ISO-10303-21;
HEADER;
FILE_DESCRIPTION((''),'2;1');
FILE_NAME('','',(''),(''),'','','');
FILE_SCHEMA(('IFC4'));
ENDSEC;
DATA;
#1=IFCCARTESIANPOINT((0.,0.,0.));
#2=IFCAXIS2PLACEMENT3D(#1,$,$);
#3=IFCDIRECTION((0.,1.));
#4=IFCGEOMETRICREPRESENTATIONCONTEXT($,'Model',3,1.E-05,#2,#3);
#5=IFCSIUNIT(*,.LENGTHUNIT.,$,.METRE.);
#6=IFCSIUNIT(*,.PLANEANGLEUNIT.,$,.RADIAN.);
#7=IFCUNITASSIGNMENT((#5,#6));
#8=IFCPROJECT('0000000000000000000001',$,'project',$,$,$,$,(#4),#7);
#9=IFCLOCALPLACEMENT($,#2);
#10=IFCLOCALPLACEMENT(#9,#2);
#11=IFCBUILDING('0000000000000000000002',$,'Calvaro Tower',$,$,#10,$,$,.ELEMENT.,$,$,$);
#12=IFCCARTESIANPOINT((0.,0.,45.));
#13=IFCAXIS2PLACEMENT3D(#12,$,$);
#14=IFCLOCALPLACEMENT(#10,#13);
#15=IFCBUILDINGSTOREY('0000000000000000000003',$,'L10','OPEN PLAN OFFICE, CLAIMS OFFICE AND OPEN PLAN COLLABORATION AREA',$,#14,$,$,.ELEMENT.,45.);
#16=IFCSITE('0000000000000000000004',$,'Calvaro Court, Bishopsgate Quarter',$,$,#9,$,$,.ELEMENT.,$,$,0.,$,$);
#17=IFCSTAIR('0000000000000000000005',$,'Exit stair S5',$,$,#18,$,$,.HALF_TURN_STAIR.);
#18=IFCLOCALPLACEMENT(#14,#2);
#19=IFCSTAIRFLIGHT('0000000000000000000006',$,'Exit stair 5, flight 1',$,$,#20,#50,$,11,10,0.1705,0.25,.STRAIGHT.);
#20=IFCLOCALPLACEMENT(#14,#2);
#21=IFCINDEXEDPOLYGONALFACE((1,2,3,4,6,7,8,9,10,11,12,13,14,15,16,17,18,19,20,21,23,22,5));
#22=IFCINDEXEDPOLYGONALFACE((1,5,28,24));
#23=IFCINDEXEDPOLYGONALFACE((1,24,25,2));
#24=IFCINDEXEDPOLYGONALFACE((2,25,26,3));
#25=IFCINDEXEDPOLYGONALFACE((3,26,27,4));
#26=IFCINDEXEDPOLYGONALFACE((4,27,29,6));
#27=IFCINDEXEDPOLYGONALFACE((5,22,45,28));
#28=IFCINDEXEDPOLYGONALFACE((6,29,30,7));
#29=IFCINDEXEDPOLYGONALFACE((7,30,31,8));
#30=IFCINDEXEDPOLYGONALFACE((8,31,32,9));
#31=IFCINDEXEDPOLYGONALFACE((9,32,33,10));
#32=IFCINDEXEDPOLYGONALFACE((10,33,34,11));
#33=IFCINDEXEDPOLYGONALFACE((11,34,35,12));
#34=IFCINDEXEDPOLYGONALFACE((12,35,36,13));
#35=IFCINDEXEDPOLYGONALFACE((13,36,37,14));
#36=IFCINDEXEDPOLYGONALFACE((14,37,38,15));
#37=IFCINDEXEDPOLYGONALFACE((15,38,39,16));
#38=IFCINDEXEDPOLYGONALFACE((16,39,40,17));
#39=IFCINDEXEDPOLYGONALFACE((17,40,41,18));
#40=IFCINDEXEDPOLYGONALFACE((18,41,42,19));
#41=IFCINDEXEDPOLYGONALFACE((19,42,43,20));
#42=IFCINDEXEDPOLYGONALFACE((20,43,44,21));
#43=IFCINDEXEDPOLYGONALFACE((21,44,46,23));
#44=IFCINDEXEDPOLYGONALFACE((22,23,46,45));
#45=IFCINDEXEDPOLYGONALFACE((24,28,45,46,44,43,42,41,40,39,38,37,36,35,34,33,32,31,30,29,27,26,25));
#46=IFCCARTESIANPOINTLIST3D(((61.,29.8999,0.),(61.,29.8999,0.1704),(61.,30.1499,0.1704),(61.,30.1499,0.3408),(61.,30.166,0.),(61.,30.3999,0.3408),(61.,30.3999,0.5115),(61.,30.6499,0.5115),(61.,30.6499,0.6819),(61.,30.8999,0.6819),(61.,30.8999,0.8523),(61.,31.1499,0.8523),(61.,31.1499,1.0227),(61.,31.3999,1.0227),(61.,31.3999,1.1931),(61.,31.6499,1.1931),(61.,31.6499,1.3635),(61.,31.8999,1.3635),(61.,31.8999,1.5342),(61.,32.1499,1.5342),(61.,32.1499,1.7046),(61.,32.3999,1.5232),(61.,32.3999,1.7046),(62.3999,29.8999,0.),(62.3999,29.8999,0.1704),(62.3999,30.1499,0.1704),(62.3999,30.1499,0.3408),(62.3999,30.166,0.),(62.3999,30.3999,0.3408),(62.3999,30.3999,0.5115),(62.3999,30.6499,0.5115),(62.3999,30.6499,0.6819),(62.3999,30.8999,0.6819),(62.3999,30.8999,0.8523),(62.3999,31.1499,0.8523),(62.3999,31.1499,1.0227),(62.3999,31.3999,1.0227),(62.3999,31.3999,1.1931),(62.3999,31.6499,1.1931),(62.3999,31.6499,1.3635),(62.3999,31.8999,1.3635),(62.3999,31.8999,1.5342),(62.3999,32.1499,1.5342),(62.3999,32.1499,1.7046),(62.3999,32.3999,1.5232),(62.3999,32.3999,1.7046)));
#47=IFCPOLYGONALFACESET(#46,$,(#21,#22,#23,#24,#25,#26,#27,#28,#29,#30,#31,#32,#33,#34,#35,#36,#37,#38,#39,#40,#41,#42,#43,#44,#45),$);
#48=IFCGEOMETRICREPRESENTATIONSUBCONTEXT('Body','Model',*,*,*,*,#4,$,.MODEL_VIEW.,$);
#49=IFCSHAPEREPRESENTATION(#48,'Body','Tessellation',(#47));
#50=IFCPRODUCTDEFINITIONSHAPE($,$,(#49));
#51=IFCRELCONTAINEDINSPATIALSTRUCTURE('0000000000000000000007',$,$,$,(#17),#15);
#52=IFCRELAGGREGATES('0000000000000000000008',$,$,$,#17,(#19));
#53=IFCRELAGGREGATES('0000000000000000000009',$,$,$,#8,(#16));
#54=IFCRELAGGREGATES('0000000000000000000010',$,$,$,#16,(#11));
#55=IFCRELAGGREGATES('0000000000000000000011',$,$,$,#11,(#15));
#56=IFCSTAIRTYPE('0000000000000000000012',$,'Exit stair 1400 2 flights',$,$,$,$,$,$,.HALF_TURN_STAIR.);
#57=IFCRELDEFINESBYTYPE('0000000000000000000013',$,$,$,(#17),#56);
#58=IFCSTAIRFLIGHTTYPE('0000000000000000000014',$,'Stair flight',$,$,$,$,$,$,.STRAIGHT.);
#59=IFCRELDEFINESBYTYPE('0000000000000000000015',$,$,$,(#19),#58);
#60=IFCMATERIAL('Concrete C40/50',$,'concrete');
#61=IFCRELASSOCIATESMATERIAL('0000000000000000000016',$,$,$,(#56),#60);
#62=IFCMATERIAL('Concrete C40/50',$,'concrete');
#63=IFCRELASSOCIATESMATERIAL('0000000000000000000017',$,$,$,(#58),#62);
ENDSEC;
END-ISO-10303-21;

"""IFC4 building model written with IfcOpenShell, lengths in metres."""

from ifc_helpers import new_model, si_unit, direction, frame, origin, place, context, subcontext, project, spatial, polyline, outline, extrude, material, type_object, element, aggregate, save


model = new_model("IFC4")

# Units and contexts
model_context = context("Model", 3, precision=1e-05, world=origin(), true_north=direction((0.0, 1.0)))
body_context = subcontext(model_context, "Body", "Model", "MODEL_VIEW")
ifc_project = project(units=[si_unit("LENGTHUNIT", "METRE"), si_unit("PLANEANGLEUNIT", "RADIAN")], contexts=[model_context])

# Site, building, storey
site_placement = place(None, origin())
site = spatial("IfcSite", under=ifc_project, at=site_placement, Name="Calvaro Court, Bishopsgate Quarter", CompositionType="ELEMENT", RefElevation=0.0)
building_placement = place(site_placement, origin())
building = spatial("IfcBuilding", under=site, at=building_placement, Name="Calvaro Tower", CompositionType="ELEMENT")
storey_placement = place(building_placement, frame((0.0, 0.0, 45.0)))
storey = spatial("IfcBuildingStorey", under=building, at=storey_placement, Name="L10", Description="OPEN PLAN OFFICE, CLAIMS OFFICE AND OPEN PLAN COLLABORATION AREA", CompositionType="ELEMENT", Elevation=45.0)

# Stair, stair flight
ifc_material_1 = material(Name="Concrete C40/50", Category="concrete")
stair_type = type_object("IfcStairType", Name="Exit stair 1400 2 flights", PredefinedType="HALF_TURN_STAIR", material=ifc_material_1)
stair_placement = place(storey_placement, origin())
stair = element("IfcStair", 1, at=stair_placement, inside=storey, type_object=stair_type, Name="Exit stair S5", PredefinedType="HALF_TURN_STAIR")
ifc_material_2 = material(Name="Concrete C40/50", Category="concrete")
stair_flight_type = type_object("IfcStairFlightType", Name="Stair flight", PredefinedType="STRAIGHT", material=ifc_material_2)
stair_flight_placement = place(storey_placement, frame((61.7, 29.8999, 0.0), z_axis=(0.0, 0.0, 1.0), x_axis=(0.0, 1.0, 0.0)))
stair_flight = element("IfcStairFlight", 2, at=stair_flight_placement, type_object=stair_flight_type, Name="Exit stair 5, flight 1", NumberOfRisers=11, NumberOfTreads=10, PredefinedType="STRAIGHT", RiserHeight=0.1705, TreadLength=0.25, context=body_context, shape_type="SweptSolid", body=[
    extrude(outline(polyline([(0.0, 0.0), (0.0, 0.1704), (0.25, 0.1704), (0.25, 0.3408), (0.5, 0.3408), (0.5, 0.5115), (0.75, 0.5115), (0.75, 0.6819), (1.0, 0.6819), (1.0, 0.8523), (1.25, 0.8523), (1.25, 1.0227), (1.5, 1.0227), (1.5, 1.1931), (1.75, 1.1931), (1.75, 1.3635), (2.0, 1.3635), (2.0, 1.5342), (2.25, 1.5342), (2.25, 1.7046), (2.5, 1.7046), (2.5, 1.875), (2.5, 1.5232), (0.2661, 0.0), (0.0, 0.0)])), frame((0.0, 0.7, 0.0), z_axis=(0.0, -1.0, 0.0), x_axis=(1.0, 0.0, 0.0)), (0.0, 0.0, 1.0), 1.3999),
])
aggregate(stair, [stair_flight])

save(model, "model.ifc")
